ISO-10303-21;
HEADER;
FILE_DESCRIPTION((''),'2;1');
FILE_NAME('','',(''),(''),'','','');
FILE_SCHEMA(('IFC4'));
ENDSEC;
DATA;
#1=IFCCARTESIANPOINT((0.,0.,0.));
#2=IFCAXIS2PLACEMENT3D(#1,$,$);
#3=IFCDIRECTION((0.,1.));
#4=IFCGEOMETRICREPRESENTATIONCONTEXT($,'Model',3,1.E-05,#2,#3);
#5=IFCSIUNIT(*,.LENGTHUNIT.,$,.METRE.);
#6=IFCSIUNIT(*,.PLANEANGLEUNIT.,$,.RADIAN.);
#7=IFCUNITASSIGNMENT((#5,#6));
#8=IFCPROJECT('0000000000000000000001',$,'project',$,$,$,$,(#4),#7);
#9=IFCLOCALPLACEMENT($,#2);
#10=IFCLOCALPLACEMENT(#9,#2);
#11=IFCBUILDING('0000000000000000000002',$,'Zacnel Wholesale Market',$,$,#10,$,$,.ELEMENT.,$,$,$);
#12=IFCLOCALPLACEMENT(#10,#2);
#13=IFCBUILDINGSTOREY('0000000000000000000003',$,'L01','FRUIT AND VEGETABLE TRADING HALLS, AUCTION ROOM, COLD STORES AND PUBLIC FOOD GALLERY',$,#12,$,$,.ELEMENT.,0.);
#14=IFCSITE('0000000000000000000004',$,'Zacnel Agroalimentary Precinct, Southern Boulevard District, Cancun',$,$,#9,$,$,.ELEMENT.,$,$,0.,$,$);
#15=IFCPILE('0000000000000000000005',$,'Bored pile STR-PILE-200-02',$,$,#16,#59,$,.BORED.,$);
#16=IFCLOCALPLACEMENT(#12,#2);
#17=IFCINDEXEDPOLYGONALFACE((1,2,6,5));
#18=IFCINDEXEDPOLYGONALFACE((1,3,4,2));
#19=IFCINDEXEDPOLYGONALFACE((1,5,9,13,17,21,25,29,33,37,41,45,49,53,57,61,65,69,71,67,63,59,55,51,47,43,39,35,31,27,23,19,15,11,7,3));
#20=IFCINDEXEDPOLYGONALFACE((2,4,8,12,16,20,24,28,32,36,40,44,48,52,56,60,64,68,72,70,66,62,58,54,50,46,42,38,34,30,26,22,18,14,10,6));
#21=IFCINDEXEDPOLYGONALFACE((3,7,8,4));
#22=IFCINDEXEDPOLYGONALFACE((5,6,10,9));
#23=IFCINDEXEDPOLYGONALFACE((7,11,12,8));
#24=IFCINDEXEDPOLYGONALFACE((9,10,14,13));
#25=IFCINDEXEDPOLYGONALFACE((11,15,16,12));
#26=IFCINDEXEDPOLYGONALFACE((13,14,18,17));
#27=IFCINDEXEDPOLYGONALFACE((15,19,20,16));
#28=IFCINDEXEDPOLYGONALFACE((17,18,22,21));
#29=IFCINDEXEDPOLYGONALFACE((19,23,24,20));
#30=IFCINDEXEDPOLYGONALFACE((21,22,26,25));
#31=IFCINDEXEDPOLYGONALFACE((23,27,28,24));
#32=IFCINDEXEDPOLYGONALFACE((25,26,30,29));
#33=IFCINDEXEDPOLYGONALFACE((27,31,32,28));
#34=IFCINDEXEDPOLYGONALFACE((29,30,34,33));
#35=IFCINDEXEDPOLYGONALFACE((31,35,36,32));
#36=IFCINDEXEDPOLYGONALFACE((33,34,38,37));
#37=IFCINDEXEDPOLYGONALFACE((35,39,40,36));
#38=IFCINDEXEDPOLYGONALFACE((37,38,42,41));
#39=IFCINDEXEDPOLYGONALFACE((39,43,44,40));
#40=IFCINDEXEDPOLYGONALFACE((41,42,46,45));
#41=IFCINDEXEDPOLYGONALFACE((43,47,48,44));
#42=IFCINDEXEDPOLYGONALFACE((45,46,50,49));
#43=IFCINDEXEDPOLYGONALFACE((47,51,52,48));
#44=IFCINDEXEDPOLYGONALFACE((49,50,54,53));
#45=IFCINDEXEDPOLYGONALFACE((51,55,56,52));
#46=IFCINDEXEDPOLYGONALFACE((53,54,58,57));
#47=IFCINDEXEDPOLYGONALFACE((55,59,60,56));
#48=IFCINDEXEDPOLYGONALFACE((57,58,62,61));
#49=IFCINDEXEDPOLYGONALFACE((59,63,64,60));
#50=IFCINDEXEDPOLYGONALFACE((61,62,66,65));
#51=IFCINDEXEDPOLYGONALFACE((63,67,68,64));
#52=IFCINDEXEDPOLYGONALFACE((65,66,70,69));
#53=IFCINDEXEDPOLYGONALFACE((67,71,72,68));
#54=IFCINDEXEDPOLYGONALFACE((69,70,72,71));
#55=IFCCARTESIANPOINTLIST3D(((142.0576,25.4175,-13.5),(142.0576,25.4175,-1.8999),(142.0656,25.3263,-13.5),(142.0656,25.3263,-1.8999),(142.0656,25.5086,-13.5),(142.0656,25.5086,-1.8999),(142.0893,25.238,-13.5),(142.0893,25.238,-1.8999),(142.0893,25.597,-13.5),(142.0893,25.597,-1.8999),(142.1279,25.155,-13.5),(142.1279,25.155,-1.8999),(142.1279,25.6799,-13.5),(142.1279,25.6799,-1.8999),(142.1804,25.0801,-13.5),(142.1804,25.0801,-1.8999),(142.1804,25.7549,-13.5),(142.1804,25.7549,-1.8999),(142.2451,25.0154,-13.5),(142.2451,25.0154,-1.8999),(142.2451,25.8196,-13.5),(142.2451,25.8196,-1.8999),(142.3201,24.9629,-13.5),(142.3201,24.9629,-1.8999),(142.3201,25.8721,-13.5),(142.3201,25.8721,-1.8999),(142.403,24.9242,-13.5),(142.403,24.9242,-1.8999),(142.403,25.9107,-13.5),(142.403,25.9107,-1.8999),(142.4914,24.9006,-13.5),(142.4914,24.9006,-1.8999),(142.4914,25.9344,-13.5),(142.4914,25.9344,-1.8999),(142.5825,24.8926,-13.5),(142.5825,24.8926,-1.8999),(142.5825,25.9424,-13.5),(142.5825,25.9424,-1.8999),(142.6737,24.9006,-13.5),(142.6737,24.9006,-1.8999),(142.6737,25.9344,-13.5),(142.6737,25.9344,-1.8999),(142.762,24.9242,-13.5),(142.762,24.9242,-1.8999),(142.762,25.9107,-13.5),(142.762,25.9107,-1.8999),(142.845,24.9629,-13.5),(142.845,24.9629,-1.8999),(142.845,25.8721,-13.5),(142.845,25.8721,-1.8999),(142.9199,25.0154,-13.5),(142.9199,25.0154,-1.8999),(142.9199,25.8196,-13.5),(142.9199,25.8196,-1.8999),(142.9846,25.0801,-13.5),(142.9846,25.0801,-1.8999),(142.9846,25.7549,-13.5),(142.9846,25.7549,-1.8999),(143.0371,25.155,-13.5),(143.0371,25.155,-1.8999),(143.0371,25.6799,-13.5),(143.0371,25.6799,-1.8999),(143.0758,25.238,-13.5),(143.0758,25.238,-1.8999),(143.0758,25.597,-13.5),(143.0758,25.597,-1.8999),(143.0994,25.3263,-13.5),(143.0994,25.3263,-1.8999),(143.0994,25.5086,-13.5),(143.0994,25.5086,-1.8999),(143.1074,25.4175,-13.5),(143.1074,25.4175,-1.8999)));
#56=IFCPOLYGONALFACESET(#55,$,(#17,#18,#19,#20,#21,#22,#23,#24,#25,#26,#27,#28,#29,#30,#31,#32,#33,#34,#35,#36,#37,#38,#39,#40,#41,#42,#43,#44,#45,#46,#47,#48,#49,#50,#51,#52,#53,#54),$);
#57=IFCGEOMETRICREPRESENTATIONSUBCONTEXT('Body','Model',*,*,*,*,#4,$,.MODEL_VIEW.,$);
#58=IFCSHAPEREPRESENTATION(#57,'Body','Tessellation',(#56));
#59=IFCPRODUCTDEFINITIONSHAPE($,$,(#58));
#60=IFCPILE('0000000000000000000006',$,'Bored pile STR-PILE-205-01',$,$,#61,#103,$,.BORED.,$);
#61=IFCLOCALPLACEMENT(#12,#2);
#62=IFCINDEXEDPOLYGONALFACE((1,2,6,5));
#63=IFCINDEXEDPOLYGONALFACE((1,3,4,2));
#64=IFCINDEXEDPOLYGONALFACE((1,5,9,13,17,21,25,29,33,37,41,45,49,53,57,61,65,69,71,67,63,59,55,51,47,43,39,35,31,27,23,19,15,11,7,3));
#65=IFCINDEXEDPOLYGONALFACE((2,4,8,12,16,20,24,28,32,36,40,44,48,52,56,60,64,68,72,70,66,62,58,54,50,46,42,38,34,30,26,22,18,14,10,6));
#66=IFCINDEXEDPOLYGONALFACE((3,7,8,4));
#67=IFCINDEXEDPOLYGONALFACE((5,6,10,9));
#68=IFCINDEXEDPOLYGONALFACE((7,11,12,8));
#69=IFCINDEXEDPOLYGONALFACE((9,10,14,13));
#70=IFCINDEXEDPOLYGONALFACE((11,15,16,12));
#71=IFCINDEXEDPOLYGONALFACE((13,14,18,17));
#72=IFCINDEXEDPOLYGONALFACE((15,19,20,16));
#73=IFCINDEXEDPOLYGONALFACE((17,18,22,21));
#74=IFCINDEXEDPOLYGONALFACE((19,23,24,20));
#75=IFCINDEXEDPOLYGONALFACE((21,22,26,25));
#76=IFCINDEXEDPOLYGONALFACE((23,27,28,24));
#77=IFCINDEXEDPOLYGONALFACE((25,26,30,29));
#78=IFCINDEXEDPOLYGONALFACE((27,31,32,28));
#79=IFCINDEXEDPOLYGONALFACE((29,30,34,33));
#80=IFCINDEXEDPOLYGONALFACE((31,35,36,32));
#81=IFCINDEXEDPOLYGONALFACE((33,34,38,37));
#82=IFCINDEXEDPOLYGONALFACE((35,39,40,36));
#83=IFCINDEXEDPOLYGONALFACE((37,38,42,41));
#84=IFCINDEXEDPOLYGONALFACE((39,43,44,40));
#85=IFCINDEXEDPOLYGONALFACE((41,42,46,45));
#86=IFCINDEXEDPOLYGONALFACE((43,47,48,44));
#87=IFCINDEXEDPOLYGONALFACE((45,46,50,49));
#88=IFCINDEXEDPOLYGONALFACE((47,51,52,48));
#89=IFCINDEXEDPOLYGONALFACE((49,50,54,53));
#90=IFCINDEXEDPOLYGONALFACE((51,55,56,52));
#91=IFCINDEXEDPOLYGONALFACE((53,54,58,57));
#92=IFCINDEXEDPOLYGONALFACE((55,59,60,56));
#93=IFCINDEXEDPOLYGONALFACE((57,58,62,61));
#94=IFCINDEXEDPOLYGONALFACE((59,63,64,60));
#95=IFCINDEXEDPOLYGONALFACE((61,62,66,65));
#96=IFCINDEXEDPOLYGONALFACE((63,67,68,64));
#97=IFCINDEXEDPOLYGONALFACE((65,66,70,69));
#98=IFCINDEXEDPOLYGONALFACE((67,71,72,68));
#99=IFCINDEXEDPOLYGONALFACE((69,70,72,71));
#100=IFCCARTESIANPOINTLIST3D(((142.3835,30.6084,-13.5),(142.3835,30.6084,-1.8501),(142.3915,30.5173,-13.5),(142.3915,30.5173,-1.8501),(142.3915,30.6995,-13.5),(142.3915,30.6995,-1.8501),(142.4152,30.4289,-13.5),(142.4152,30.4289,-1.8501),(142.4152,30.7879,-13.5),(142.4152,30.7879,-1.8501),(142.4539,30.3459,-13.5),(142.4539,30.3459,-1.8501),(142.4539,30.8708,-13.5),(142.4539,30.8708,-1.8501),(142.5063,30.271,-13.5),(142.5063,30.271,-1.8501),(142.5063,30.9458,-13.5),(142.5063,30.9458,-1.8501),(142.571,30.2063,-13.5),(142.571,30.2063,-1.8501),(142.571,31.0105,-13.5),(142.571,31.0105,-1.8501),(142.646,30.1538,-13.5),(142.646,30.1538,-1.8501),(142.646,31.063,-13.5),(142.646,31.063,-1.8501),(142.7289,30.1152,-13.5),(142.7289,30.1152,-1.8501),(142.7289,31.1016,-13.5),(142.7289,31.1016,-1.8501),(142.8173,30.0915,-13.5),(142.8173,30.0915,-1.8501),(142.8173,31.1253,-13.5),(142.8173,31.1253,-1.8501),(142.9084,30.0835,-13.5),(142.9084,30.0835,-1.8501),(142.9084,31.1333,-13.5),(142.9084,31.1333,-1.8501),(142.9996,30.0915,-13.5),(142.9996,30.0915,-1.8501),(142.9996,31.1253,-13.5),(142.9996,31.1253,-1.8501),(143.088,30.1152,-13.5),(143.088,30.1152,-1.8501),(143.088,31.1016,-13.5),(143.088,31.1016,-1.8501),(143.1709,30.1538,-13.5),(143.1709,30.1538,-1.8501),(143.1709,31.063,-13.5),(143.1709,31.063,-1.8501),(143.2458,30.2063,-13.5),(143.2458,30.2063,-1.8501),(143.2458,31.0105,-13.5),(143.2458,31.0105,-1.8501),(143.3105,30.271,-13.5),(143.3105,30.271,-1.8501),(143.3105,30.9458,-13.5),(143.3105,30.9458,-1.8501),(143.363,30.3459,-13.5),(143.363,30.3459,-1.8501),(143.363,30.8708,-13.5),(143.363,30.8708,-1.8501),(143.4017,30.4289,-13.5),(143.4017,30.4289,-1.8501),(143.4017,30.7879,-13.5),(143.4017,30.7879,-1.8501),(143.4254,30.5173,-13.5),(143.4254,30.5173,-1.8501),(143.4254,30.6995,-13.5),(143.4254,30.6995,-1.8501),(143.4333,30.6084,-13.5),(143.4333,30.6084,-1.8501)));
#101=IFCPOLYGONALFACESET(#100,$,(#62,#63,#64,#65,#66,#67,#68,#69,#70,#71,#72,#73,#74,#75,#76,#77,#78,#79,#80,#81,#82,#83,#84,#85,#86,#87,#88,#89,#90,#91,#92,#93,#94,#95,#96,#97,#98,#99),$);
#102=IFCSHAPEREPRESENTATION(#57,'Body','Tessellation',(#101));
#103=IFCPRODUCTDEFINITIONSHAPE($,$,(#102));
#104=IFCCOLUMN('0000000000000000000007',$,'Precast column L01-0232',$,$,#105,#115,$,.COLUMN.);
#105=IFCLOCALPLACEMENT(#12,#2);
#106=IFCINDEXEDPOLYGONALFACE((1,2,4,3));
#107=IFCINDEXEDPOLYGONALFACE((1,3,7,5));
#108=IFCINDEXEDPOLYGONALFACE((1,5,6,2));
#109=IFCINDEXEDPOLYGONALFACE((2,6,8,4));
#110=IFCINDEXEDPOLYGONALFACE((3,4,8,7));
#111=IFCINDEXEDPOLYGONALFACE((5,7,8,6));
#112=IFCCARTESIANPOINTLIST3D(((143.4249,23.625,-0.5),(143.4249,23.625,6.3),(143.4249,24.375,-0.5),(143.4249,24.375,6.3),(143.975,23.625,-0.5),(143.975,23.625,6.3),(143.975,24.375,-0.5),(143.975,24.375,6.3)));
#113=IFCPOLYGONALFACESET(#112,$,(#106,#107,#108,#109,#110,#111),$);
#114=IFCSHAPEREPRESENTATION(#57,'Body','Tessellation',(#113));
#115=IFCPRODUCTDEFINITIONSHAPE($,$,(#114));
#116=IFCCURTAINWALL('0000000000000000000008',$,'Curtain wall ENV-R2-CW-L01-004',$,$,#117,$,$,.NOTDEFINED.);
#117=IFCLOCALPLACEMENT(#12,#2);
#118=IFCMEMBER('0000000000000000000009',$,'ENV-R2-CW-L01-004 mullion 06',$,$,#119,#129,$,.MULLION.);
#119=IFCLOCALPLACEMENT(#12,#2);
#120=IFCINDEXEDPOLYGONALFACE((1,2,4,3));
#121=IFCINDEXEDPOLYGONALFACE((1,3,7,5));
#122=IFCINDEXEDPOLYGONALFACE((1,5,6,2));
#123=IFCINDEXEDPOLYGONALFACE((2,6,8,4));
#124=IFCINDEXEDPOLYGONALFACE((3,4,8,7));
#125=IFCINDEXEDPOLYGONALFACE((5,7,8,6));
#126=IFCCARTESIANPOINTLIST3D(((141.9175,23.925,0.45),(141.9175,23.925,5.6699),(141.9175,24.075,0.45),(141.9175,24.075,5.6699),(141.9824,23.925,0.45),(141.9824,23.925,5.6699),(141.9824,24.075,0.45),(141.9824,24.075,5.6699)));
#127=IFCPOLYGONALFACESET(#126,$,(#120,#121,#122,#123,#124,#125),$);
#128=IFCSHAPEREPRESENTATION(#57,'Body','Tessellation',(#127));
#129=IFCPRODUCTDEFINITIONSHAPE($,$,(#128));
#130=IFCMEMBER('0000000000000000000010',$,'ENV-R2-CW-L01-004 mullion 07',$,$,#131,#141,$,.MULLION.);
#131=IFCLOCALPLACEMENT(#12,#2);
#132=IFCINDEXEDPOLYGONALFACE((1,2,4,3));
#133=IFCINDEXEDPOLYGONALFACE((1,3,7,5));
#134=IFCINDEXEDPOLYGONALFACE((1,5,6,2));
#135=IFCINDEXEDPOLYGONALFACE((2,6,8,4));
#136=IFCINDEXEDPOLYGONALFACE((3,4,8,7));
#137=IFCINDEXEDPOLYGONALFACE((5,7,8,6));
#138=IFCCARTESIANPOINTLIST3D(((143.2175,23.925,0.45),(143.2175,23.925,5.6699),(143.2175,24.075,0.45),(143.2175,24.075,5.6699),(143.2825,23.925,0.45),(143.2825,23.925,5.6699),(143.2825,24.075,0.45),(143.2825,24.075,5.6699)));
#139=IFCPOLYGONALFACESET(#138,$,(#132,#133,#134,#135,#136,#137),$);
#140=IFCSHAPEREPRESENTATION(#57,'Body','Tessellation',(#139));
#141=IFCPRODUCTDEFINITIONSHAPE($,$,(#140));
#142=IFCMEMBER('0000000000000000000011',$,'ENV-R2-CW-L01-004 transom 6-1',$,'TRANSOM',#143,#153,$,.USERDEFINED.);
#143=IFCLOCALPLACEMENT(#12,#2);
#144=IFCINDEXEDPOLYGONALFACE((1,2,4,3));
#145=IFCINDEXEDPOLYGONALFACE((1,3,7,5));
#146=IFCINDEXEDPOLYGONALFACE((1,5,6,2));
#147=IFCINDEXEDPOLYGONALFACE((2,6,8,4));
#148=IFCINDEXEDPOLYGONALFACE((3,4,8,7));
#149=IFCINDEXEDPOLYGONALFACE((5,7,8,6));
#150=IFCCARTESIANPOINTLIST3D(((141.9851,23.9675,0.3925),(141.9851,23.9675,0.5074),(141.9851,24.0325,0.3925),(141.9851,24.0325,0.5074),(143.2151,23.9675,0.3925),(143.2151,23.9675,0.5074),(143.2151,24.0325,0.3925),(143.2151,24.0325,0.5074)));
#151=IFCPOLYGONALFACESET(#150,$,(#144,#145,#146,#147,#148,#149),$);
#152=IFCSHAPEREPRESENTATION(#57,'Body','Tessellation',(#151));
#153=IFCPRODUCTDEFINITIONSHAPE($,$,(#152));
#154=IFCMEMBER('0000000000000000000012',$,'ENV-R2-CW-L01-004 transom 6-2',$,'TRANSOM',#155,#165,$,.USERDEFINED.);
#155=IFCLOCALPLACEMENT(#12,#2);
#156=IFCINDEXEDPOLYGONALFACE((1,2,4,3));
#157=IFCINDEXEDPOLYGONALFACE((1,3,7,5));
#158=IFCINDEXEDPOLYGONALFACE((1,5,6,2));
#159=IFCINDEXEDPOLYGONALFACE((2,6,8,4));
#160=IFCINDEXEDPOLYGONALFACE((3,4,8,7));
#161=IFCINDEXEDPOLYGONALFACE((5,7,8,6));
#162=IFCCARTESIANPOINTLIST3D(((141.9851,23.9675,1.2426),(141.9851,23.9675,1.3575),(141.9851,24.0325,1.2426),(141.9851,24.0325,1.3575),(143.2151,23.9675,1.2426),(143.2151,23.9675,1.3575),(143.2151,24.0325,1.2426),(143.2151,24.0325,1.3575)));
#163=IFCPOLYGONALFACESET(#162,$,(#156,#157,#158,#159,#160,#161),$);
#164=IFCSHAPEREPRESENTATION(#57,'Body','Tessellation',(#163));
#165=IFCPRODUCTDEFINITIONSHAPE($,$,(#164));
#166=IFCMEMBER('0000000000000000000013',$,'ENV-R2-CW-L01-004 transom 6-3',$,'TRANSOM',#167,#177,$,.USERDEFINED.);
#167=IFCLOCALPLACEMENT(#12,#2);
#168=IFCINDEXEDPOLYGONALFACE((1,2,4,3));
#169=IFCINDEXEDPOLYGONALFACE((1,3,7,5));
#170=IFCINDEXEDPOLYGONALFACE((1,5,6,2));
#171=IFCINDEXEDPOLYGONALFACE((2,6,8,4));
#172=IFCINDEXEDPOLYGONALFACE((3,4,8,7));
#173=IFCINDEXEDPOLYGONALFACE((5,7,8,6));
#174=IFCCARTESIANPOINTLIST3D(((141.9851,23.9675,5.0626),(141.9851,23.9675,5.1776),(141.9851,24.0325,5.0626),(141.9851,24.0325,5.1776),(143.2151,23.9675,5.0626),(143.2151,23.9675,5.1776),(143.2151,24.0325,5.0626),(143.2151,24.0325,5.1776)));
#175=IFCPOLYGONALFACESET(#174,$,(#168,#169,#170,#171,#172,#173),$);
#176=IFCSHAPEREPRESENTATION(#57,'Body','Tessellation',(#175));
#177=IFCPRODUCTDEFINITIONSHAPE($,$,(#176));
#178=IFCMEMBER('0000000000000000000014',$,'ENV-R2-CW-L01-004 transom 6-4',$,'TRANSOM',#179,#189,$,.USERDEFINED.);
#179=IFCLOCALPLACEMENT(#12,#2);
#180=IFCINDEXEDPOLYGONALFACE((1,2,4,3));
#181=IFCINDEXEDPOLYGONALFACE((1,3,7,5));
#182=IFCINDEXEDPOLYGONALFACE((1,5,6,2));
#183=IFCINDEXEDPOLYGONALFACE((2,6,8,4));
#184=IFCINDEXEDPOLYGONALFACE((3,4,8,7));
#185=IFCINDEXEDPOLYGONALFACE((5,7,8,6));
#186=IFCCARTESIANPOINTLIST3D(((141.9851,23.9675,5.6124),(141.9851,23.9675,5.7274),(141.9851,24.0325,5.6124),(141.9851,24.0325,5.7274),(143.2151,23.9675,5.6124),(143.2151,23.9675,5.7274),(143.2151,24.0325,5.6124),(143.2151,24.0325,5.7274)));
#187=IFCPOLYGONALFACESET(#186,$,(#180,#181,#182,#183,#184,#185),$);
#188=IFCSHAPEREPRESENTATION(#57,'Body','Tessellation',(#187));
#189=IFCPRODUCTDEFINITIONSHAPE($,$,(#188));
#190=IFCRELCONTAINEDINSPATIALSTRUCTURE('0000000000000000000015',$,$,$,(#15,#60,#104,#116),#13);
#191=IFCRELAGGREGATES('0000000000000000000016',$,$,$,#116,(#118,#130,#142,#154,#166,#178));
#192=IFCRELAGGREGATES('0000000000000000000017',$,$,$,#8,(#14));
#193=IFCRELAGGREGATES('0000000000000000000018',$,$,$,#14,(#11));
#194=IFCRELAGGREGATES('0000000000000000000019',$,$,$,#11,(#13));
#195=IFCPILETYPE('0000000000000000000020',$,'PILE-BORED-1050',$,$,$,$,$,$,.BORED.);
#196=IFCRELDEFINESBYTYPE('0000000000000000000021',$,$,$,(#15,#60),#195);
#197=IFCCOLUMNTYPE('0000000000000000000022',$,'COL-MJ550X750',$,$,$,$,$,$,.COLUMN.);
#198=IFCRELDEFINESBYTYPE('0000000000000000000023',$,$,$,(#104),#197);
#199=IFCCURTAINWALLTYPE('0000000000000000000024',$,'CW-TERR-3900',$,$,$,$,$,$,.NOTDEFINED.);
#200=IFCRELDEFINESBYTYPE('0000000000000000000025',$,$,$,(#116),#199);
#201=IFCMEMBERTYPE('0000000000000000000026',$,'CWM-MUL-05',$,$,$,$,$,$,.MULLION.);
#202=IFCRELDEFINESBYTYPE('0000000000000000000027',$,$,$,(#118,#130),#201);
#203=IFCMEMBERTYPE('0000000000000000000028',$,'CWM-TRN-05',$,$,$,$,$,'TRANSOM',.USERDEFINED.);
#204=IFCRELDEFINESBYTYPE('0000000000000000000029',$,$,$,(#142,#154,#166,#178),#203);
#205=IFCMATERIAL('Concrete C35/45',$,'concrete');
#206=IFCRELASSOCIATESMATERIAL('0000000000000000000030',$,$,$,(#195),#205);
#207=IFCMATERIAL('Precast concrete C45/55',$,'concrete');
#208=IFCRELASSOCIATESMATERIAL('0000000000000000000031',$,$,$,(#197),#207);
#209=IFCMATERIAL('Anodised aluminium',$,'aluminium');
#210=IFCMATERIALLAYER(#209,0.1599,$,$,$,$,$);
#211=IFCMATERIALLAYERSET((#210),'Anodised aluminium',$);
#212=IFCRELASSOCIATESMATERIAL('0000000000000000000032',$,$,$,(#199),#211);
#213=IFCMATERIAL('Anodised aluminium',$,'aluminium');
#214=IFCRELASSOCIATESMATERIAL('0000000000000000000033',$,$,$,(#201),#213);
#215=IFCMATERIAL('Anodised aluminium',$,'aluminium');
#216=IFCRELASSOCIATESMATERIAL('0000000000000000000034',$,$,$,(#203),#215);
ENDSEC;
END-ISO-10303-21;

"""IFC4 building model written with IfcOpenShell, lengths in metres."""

from ifc_helpers import new_model, si_unit, direction, frame, origin, origin_2d, place, context, subcontext, project, spatial, rectangle, circle, extrude, material, layer, layer_set, material_profile, profile_set, type_object, element, aggregate, save


model = new_model("IFC4")

# Units and contexts
model_context = context("Model", 3, precision=1e-05, world=origin(), true_north=direction((0.0, 1.0)))
body_context = subcontext(model_context, "Body", "Model", "MODEL_VIEW")
ifc_project = project(units=[si_unit("LENGTHUNIT", "METRE"), si_unit("PLANEANGLEUNIT", "RADIAN")], contexts=[model_context])

# Site, building, storey
site_placement = place(None, origin())
site = spatial("IfcSite", under=ifc_project, at=site_placement, Name="Zacnel Agroalimentary Precinct, Southern Boulevard District, Cancun", CompositionType="ELEMENT", RefElevation=0.0)
building_placement = place(site_placement, origin())
building = spatial("IfcBuilding", under=site, at=building_placement, Name="Zacnel Wholesale Market", CompositionType="ELEMENT")
storey_placement = place(building_placement, origin())
storey = spatial("IfcBuildingStorey", under=building, at=storey_placement, Name="L01", Description="FRUIT AND VEGETABLE TRADING HALLS, AUCTION ROOM, COLD STORES AND PUBLIC FOOD GALLERY", CompositionType="ELEMENT", Elevation=0.0)

# Piles
ifc_material_1 = material(Name="Concrete C35/45", Category="concrete")
ifc_material_profile_1 = material_profile(ifc_material_1, circle(Radius=0.5249, at=origin_2d()), Name="BORED PILE D1050")
ifc_profile_set_1 = profile_set([ifc_material_profile_1], Name="Concrete C35/45")
pile_type = type_object("IfcPileType", Name="PILE-BORED-1050", PredefinedType="BORED", material=ifc_profile_set_1)
pile_1_placement = place(storey_placement, frame((142.5825, 25.4175, -1.8999), z_axis=(0.0, 0.0, -1.0), x_axis=(1.0, 0.0, 0.0)))
element("IfcPile", 1, at=pile_1_placement, inside=storey, type_object=pile_type, Name="Bored pile STR-PILE-200-02", PredefinedType="BORED", context=body_context, shape_type="SweptSolid", body=[
    extrude(circle(Radius=0.5249, at=origin_2d()), origin(), (0.0, 0.0, 1.0), 11.6001),
])
pile_2_placement = place(storey_placement, frame((142.9084, 30.6084, -1.8501), z_axis=(0.0, 0.0, -1.0), x_axis=(1.0, 0.0, 0.0)))
element("IfcPile", 2, at=pile_2_placement, inside=storey, type_object=pile_type, Name="Bored pile STR-PILE-205-01", PredefinedType="BORED", context=body_context, shape_type="SweptSolid", body=[
    extrude(circle(Radius=0.5249, at=origin_2d()), origin(), (0.0, 0.0, 1.0), 11.6499),
])

# Column
ifc_material_2 = material(Name="Precast concrete C45/55", Category="concrete")
ifc_material_profile_2 = material_profile(ifc_material_2, rectangle(XDim=0.55, YDim=0.75, at=origin_2d()), Name="PC 550x750")
ifc_profile_set_2 = profile_set([ifc_material_profile_2], Name="Precast concrete C45/55")
column_type = type_object("IfcColumnType", Name="COL-MJ550X750", PredefinedType="COLUMN", material=ifc_profile_set_2)
column_placement = place(storey_placement, frame((143.7, 24.0, -0.5), z_axis=(0.0, 0.0, 1.0), x_axis=(1.0, 0.0, 0.0)))
element("IfcColumn", 3, at=column_placement, inside=storey, type_object=column_type, Name="Precast column L01-0232", PredefinedType="COLUMN", context=body_context, shape_type="SweptSolid", body=[
    extrude(rectangle(XDim=0.55, YDim=0.75, at=origin_2d()), origin(), (0.0, 0.0, 1.0), 6.8),
])

# Curtain wall, members
ifc_material_3 = material(Name="Anodised aluminium", Category="aluminium")
ifc_layer_1 = layer(ifc_material_3, 0.1599)
ifc_layer_set_1 = layer_set([ifc_layer_1], Name="Anodised aluminium")
curtain_wall_type = type_object("IfcCurtainWallType", Name="CW-TERR-3900", PredefinedType="NOTDEFINED", material=ifc_layer_set_1)
curtain_wall_placement = place(storey_placement, origin())
curtain_wall = element("IfcCurtainWall", 4, at=curtain_wall_placement, inside=storey, type_object=curtain_wall_type, Name="Curtain wall ENV-R2-CW-L01-004", PredefinedType="NOTDEFINED")
ifc_material_4 = material(Name="Anodised aluminium", Category="aluminium")
ifc_material_profile_3 = material_profile(ifc_material_4, rectangle(XDim=0.0649, YDim=0.1499, at=origin_2d()), Name="AW-MULLION 65x150")
ifc_profile_set_3 = profile_set([ifc_material_profile_3], Name="Anodised aluminium")
member_type_1 = type_object("IfcMemberType", Name="CWM-MUL-05", PredefinedType="MULLION", material=ifc_profile_set_3)
member_1_placement = place(storey_placement, frame((141.95, 24.0, 0.45), z_axis=(0.0, 0.0, 1.0), x_axis=(1.0, 0.0, 0.0)))
member_1 = element("IfcMember", 5, at=member_1_placement, type_object=member_type_1, Name="ENV-R2-CW-L01-004 mullion 06", PredefinedType="MULLION", context=body_context, shape_type="SweptSolid", body=[
    extrude(rectangle(XDim=0.0649, YDim=0.1499, at=origin_2d()), origin(), (0.0, 0.0, 1.0), 5.22),
])
member_2_placement = place(storey_placement, frame((143.25, 24.0, 0.45), z_axis=(0.0, 0.0, 1.0), x_axis=(1.0, 0.0, 0.0)))
member_2 = element("IfcMember", 6, at=member_2_placement, type_object=member_type_1, Name="ENV-R2-CW-L01-004 mullion 07", PredefinedType="MULLION", context=body_context, shape_type="SweptSolid", body=[
    extrude(rectangle(XDim=0.0649, YDim=0.1499, at=origin_2d()), origin(), (0.0, 0.0, 1.0), 5.22),
])
ifc_material_5 = material(Name="Anodised aluminium", Category="aluminium")
ifc_material_profile_4 = material_profile(ifc_material_5, rectangle(XDim=0.0649, YDim=0.115, at=origin_2d()), Name="AW-TRANSOM 65x115")
ifc_profile_set_4 = profile_set([ifc_material_profile_4], Name="Anodised aluminium")
member_type_2 = type_object("IfcMemberType", Name="CWM-TRN-05", ElementType="TRANSOM", PredefinedType="USERDEFINED", material=ifc_profile_set_4)
member_3_placement = place(storey_placement, frame((141.9851, 24.0, 0.45), z_axis=(1.0, 0.0, 0.0), x_axis=(0.0, 1.0, 0.0)))
member_3 = element("IfcMember", 7, at=member_3_placement, type_object=member_type_2, Name="ENV-R2-CW-L01-004 transom 6-1", ObjectType="TRANSOM", PredefinedType="USERDEFINED", context=body_context, shape_type="SweptSolid", body=[
    extrude(rectangle(XDim=0.0649, YDim=0.115, at=origin_2d()), origin(), (0.0, 0.0, 1.0), 1.23),
])
member_4_placement = place(storey_placement, frame((141.9851, 24.0, 1.3), z_axis=(1.0, 0.0, 0.0), x_axis=(0.0, 1.0, 0.0)))
member_4 = element("IfcMember", 8, at=member_4_placement, type_object=member_type_2, Name="ENV-R2-CW-L01-004 transom 6-2", ObjectType="TRANSOM", PredefinedType="USERDEFINED", context=body_context, shape_type="SweptSolid", body=[
    extrude(rectangle(XDim=0.0649, YDim=0.115, at=origin_2d()), origin(), (0.0, 0.0, 1.0), 1.23),
])
member_5_placement = place(storey_placement, frame((141.9851, 24.0, 5.1201), z_axis=(1.0, 0.0, 0.0), x_axis=(0.0, 1.0, 0.0)))
member_5 = element("IfcMember", 9, at=member_5_placement, type_object=member_type_2, Name="ENV-R2-CW-L01-004 transom 6-3", ObjectType="TRANSOM", PredefinedType="USERDEFINED", context=body_context, shape_type="SweptSolid", body=[
    extrude(rectangle(XDim=0.0649, YDim=0.115, at=origin_2d()), origin(), (0.0, 0.0, 1.0), 1.23),
])
member_6_placement = place(storey_placement, frame((141.9851, 24.0, 5.6699), z_axis=(1.0, 0.0, 0.0), x_axis=(0.0, 1.0, 0.0)))
member_6 = element("IfcMember", 10, at=member_6_placement, type_object=member_type_2, Name="ENV-R2-CW-L01-004 transom 6-4", ObjectType="TRANSOM", PredefinedType="USERDEFINED", context=body_context, shape_type="SweptSolid", body=[
    extrude(rectangle(XDim=0.0649, YDim=0.115, at=origin_2d()), origin(), (0.0, 0.0, 1.0), 1.23),
])
aggregate(curtain_wall, [member_1, member_2, member_3, member_4, member_5, member_6])

save(model, "model.ifc")
